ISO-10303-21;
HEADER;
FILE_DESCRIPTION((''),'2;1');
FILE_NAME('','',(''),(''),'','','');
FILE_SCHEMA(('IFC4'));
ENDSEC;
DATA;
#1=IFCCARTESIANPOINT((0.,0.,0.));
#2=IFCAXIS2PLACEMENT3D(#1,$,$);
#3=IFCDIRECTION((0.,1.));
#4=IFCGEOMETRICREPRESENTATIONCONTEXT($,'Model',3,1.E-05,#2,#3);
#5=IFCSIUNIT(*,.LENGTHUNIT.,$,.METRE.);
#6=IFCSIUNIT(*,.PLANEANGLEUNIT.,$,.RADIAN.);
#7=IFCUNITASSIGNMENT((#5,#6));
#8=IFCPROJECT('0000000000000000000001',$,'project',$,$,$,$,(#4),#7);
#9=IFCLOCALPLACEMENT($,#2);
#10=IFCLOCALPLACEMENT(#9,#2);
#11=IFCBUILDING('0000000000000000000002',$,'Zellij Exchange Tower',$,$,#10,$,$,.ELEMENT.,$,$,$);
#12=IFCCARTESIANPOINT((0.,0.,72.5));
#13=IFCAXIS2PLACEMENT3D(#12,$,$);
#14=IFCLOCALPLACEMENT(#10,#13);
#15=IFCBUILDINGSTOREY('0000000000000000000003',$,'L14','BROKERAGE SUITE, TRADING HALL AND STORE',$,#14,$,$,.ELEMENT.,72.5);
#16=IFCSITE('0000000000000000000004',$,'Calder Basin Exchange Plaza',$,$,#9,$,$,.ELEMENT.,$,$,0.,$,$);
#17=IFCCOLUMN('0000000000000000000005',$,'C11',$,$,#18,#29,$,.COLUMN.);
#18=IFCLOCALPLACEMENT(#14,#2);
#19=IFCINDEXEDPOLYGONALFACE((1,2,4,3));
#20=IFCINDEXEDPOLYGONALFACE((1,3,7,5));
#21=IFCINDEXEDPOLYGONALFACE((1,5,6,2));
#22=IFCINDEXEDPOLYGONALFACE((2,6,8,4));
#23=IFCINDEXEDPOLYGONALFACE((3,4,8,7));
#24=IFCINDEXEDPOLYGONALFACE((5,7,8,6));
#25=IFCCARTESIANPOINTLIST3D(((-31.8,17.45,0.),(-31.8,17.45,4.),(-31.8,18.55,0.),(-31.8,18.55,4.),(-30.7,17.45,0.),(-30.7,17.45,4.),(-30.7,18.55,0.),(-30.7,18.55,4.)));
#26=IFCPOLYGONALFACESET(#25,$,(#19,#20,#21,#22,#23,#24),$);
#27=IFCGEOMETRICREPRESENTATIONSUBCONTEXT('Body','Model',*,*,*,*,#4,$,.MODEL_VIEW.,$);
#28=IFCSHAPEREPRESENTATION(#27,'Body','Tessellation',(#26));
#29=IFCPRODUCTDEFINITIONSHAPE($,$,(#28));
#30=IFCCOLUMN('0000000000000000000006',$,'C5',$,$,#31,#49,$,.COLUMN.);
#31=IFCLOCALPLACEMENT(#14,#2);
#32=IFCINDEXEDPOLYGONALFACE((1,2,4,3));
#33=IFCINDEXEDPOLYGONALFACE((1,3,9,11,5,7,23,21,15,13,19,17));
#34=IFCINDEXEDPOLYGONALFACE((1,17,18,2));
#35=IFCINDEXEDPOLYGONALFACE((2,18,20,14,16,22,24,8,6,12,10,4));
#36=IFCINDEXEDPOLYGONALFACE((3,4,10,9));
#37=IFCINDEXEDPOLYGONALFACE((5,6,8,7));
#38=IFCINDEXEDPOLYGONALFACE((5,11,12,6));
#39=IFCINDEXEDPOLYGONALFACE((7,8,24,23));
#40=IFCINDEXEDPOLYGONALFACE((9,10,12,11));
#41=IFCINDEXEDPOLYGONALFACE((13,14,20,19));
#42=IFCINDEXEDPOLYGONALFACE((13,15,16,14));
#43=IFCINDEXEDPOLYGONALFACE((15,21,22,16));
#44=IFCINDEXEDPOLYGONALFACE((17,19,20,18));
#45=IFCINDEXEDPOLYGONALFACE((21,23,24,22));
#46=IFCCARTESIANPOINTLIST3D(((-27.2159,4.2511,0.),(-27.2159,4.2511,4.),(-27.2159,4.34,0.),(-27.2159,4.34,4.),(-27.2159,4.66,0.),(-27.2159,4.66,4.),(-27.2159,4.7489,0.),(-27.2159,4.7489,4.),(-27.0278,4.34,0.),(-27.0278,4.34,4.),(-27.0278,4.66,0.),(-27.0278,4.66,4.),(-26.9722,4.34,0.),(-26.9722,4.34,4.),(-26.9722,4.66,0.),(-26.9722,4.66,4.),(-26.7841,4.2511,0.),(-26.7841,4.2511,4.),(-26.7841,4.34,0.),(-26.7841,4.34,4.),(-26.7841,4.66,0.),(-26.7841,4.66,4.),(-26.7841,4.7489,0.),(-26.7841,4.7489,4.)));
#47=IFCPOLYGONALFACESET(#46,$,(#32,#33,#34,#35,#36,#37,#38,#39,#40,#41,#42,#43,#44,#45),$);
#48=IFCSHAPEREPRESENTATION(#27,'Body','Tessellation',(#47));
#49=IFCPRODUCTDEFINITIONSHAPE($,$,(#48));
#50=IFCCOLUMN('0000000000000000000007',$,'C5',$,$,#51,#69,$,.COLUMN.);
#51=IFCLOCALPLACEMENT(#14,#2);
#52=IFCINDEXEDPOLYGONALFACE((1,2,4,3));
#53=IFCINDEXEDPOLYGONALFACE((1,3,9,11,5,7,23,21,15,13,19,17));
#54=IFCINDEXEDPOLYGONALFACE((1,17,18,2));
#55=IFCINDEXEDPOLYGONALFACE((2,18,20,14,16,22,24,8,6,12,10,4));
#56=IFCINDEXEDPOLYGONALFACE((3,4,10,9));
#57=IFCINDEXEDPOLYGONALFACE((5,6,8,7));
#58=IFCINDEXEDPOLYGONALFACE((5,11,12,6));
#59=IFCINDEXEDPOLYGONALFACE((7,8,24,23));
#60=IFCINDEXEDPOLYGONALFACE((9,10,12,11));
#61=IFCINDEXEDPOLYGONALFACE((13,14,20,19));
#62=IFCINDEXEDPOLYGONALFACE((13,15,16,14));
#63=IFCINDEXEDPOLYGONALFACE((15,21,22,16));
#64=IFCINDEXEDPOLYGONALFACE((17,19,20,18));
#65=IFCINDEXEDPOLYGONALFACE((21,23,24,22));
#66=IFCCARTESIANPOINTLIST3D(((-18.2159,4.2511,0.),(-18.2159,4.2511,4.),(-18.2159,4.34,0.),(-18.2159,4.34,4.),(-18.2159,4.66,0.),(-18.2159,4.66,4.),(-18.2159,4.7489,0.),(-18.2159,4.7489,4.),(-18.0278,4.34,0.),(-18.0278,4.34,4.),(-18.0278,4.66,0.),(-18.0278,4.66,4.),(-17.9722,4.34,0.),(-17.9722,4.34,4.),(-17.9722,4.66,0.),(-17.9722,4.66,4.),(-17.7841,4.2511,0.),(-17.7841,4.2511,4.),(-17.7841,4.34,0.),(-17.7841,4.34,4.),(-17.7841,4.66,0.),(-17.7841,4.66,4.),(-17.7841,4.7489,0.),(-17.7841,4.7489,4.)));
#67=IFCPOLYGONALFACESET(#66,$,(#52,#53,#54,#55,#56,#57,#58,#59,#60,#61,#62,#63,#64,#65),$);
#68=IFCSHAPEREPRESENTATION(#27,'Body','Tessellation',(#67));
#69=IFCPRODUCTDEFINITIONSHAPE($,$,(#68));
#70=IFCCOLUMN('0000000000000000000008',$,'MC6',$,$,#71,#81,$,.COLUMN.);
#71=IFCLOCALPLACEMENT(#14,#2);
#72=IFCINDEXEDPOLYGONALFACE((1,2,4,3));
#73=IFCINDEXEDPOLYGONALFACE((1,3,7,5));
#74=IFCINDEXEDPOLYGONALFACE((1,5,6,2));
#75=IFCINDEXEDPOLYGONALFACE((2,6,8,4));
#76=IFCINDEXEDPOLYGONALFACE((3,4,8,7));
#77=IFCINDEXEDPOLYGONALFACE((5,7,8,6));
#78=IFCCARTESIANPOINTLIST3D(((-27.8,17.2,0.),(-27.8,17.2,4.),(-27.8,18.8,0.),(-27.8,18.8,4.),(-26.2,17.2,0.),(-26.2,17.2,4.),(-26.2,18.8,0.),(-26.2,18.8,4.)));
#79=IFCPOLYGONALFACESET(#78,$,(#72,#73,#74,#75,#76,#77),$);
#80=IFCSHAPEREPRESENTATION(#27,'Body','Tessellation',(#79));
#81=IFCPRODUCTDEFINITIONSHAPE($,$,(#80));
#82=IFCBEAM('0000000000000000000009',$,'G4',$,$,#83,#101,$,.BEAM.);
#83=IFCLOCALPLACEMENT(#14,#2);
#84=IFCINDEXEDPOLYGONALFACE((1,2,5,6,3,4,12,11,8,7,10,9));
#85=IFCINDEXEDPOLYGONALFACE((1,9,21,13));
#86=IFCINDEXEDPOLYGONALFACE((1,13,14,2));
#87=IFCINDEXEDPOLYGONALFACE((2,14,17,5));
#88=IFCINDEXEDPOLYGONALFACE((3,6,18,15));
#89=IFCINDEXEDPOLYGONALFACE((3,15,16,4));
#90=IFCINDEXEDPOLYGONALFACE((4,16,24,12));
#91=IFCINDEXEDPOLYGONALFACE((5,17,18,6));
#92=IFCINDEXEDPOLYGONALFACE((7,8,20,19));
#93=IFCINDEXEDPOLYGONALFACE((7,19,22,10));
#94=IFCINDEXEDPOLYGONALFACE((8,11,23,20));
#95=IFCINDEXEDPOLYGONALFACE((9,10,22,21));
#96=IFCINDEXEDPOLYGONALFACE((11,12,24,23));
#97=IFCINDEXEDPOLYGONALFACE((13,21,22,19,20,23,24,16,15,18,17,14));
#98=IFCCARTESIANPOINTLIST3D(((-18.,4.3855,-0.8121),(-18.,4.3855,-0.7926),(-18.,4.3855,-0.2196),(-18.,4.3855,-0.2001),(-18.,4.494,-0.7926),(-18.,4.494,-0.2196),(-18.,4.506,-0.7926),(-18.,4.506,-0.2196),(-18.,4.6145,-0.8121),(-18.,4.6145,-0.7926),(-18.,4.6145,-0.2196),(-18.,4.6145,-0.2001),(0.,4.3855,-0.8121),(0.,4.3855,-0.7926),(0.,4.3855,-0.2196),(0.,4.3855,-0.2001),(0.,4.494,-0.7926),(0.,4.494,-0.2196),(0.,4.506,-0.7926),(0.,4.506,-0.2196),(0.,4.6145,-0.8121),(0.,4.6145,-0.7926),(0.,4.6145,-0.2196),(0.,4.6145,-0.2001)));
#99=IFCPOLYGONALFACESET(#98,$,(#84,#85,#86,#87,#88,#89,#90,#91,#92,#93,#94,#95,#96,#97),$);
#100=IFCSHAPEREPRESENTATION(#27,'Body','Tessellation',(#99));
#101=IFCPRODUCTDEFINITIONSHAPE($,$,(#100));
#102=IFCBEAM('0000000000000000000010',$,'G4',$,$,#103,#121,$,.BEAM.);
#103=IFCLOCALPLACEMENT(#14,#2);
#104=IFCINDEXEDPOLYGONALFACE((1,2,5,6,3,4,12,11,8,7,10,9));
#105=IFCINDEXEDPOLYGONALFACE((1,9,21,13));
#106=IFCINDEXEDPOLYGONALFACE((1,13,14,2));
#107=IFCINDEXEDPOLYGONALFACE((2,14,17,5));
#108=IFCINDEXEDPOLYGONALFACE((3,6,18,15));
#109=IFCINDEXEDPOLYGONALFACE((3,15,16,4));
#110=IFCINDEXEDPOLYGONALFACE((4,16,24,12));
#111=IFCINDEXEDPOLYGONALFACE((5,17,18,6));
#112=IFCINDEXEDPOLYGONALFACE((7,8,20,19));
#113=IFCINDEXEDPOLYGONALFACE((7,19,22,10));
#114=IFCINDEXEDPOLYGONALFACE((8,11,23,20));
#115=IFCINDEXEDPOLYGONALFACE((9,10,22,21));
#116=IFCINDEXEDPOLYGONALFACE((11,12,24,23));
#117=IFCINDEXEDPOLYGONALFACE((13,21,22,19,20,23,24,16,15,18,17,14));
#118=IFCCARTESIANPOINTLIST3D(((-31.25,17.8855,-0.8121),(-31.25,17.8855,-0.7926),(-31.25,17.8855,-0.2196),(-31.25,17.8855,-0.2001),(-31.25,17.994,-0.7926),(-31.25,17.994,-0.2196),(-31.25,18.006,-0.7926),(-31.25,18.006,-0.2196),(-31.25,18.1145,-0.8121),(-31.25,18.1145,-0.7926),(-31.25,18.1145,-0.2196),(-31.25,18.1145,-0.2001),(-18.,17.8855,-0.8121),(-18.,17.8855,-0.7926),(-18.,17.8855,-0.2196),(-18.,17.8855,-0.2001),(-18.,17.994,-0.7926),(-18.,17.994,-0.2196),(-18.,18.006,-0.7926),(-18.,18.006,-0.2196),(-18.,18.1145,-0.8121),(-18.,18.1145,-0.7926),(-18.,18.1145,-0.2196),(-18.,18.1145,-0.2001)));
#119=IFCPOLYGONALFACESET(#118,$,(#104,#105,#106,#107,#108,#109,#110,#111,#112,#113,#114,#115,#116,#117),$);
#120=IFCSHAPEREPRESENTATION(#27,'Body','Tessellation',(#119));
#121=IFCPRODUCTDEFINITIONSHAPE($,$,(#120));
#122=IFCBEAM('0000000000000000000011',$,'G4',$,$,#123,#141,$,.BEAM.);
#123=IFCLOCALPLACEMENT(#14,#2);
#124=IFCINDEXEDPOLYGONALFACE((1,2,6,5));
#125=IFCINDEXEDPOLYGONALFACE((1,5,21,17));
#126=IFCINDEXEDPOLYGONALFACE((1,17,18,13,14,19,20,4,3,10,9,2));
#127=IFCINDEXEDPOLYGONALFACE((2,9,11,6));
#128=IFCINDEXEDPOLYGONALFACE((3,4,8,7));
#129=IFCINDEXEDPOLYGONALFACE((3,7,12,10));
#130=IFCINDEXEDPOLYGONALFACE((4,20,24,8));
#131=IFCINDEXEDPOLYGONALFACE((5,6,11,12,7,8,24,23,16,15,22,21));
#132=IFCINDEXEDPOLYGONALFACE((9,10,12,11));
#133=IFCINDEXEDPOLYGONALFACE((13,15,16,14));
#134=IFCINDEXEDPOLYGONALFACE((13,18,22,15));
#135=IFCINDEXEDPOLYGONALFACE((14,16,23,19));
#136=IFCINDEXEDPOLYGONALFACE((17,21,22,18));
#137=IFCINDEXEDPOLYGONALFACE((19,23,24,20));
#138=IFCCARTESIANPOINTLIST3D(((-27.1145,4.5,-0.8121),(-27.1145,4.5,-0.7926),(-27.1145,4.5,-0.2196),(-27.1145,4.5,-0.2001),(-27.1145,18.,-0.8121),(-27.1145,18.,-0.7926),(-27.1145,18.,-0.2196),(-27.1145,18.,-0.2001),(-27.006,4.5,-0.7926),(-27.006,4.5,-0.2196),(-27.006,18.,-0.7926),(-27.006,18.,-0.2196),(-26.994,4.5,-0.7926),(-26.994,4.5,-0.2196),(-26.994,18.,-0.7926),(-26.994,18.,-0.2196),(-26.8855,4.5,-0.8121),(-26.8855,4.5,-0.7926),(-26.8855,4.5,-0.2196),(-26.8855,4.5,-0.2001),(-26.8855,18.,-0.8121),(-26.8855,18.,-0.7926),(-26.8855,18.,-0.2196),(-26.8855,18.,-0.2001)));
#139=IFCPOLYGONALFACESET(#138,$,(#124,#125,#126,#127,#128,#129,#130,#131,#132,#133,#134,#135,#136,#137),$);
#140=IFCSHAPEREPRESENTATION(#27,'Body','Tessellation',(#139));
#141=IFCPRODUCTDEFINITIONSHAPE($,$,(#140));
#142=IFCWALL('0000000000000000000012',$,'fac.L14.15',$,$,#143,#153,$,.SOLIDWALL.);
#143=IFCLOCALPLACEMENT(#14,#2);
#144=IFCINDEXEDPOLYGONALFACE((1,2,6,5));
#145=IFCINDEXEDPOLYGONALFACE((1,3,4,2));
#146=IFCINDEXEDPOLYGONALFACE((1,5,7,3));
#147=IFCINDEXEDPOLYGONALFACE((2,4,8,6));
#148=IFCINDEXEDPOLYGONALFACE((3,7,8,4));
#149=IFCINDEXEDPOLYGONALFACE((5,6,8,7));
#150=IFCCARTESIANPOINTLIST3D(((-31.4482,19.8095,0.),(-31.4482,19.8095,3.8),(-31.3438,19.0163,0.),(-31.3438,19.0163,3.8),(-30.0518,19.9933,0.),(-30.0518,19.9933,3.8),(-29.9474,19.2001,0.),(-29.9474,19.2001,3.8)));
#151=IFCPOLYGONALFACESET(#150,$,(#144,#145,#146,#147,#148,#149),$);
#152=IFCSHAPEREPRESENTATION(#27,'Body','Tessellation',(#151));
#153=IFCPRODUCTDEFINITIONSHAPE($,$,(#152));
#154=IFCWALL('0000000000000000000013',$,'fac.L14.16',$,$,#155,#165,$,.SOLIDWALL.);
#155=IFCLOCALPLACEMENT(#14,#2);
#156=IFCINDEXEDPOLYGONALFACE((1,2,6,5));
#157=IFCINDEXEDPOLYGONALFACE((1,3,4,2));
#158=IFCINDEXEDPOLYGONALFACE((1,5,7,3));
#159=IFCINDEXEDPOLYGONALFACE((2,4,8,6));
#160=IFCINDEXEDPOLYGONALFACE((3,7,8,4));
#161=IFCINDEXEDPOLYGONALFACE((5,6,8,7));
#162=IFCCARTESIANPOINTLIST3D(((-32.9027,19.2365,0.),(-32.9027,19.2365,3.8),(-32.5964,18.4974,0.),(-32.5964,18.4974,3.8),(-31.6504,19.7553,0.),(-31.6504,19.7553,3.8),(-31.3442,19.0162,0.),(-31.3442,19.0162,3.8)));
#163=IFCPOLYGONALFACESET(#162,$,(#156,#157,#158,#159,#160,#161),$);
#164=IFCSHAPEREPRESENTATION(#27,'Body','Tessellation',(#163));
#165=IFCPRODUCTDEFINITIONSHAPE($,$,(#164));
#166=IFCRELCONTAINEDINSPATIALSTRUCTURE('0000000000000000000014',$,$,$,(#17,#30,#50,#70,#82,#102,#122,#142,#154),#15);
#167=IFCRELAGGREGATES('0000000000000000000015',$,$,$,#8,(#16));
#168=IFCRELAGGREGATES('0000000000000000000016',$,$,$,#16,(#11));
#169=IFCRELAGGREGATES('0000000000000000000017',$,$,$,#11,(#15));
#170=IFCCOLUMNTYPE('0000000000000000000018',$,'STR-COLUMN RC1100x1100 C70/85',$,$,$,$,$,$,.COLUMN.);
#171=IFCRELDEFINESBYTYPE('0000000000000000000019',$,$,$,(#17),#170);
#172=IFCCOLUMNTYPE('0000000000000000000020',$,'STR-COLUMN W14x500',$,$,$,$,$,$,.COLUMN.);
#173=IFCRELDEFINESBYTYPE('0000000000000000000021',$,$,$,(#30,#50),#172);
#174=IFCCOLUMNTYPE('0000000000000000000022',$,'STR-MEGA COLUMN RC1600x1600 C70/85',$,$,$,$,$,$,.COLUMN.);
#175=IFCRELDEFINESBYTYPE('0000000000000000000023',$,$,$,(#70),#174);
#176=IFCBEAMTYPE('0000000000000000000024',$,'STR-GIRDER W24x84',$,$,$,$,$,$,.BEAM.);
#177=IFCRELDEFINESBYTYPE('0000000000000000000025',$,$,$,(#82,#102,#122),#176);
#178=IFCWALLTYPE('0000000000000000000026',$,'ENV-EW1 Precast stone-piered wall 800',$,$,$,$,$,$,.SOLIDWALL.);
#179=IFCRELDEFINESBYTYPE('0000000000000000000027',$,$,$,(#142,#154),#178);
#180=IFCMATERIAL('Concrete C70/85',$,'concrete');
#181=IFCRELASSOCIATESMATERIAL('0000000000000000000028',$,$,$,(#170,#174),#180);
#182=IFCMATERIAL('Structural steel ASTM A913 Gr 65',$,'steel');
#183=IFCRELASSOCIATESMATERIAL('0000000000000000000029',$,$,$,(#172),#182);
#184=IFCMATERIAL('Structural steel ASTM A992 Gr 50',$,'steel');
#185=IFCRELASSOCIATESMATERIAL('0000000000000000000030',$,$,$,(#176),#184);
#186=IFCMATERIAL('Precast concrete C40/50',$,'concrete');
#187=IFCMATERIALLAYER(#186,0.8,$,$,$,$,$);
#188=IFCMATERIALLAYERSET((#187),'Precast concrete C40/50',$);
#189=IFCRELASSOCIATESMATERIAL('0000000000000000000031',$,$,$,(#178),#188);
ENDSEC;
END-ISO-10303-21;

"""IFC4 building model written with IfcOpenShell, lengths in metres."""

from ifc_helpers import new_model, si_unit, direction, frame, frame_2d, origin, origin_2d, place, context, subcontext, project, spatial, rectangle, i_section, extrude, material, layer, layer_set, material_profile, profile_set, type_object, element, save


model = new_model("IFC4")

# Units and contexts
model_context = context("Model", 3, precision=1e-05, world=origin(), true_north=direction((0.0, 1.0)))
body_context = subcontext(model_context, "Body", "Model", "MODEL_VIEW")
ifc_project = project(units=[si_unit("LENGTHUNIT", "METRE"), si_unit("PLANEANGLEUNIT", "RADIAN")], contexts=[model_context])

# Site, building, storey
site_placement = place(None, origin())
site = spatial("IfcSite", under=ifc_project, at=site_placement, Name="Calder Basin Exchange Plaza", CompositionType="ELEMENT", RefElevation=0.0)
building_placement = place(site_placement, origin())
building = spatial("IfcBuilding", under=site, at=building_placement, Name="Zellij Exchange Tower", CompositionType="ELEMENT")
storey_placement = place(building_placement, frame((0.0, 0.0, 72.5)))
storey = spatial("IfcBuildingStorey", under=building, at=storey_placement, Name="L14", Description="BROKERAGE SUITE, TRADING HALL AND STORE", CompositionType="ELEMENT", Elevation=72.5)

# Columns
ifc_material_1 = material(Name="Concrete C70/85", Category="concrete")
ifc_material_profile_1 = material_profile(ifc_material_1, rectangle(XDim=1.1001, YDim=1.1001, at=origin_2d()), Name="STR-COLUMN RC1100x1100 C70/85")
ifc_profile_set_1 = profile_set([ifc_material_profile_1], Name="Concrete C70/85")
column_type_1 = type_object("IfcColumnType", Name="STR-COLUMN RC1100x1100 C70/85", PredefinedType="COLUMN", material=ifc_profile_set_1)
column_1_placement = place(storey_placement, frame((-31.25, 18.0, 0.0), z_axis=(0.0, 0.0, 1.0), x_axis=(1.0, 0.0, 0.0)))
element("IfcColumn", 1, at=column_1_placement, inside=storey, type_object=column_type_1, Name="C11", PredefinedType="COLUMN", context=body_context, shape_type="SweptSolid", body=[
    extrude(rectangle(XDim=1.1001, YDim=1.1001, at=origin_2d()), origin(), (0.0, 0.0, 1.0), 4.0),
])
ifc_material_2 = material(Name="Structural steel ASTM A913 Gr 65", Category="steel")
ifc_material_profile_2 = material_profile(ifc_material_2, i_section(OverallWidth=0.4319, OverallDepth=0.4978, WebThickness=0.0557, FlangeThickness=0.0889, at=origin_2d()), Name="W14x500")
ifc_profile_set_2 = profile_set([ifc_material_profile_2], Name="Structural steel ASTM A913 Gr 65")
column_type_2 = type_object("IfcColumnType", Name="STR-COLUMN W14x500", PredefinedType="COLUMN", material=ifc_profile_set_2)
for number, where, z_axis, x_axis, name in (
    (2, (-27.0, 4.5, 0.0), (0.0, 0.0, 1.0), (1.0, 0.0, 0.0), "C5"),
    (3, (-18.0, 4.5, 0.0), (0.0, 0.0, 1.0), (1.0, 0.0, 0.0), "C5"),
):
    element("IfcColumn", number, at=place(storey_placement, frame(where, z_axis=z_axis, x_axis=x_axis)), inside=storey, type_object=column_type_2, Name=name, PredefinedType="COLUMN", context=body_context, shape_type="SweptSolid", body=[
        extrude(i_section(OverallWidth=0.4319, OverallDepth=0.4978, WebThickness=0.0557, FlangeThickness=0.0889, at=origin_2d()), origin(), (0.0, 0.0, 1.0), 4.0),
    ])
ifc_material_profile_3 = material_profile(ifc_material_1, rectangle(XDim=1.6001, YDim=1.6001, at=origin_2d()), Name="STR-MEGA COLUMN RC1600x1600 C70/85")
ifc_profile_set_3 = profile_set([ifc_material_profile_3], Name="Concrete C70/85")
column_type_3 = type_object("IfcColumnType", Name="STR-MEGA COLUMN RC1600x1600 C70/85", PredefinedType="COLUMN", material=ifc_profile_set_3)
column_2_placement = place(storey_placement, frame((-27.0, 18.0, 0.0), z_axis=(0.0, 0.0, 1.0), x_axis=(1.0, 0.0, 0.0)))
element("IfcColumn", 4, at=column_2_placement, inside=storey, type_object=column_type_3, Name="MC6", PredefinedType="COLUMN", context=body_context, shape_type="SweptSolid", body=[
    extrude(rectangle(XDim=1.6001, YDim=1.6001, at=origin_2d()), origin(), (0.0, 0.0, 1.0), 4.0),
])

# Beams
ifc_material_3 = material(Name="Structural steel ASTM A992 Gr 50", Category="steel")
ifc_material_profile_4 = material_profile(ifc_material_3, i_section(OverallWidth=0.229, OverallDepth=0.6121, WebThickness=0.012, FlangeThickness=0.0195, at=origin_2d()), Name="W24x84")
ifc_profile_set_4 = profile_set([ifc_material_profile_4], Name="Structural steel ASTM A992 Gr 50")
beam_type = type_object("IfcBeamType", Name="STR-GIRDER W24x84", PredefinedType="BEAM", material=ifc_profile_set_4)
beam_1_placement = place(storey_placement, frame((-18.0, 4.5, -0.5061), z_axis=(1.0, 0.0, 0.0), x_axis=(0.0, 1.0, 0.0)))
element("IfcBeam", 5, at=beam_1_placement, inside=storey, type_object=beam_type, Name="G4", PredefinedType="BEAM", context=body_context, shape_type="SweptSolid", body=[
    extrude(i_section(OverallWidth=0.229, OverallDepth=0.6121, WebThickness=0.012, FlangeThickness=0.0195, at=origin_2d()), origin(), (0.0, 0.0, 1.0), 18.0),
])
beam_2_placement = place(storey_placement, frame((-31.25, 18.0, -0.5061), z_axis=(1.0, 0.0, 0.0), x_axis=(0.0, 1.0, 0.0)))
element("IfcBeam", 6, at=beam_2_placement, inside=storey, type_object=beam_type, Name="G4", PredefinedType="BEAM", context=body_context, shape_type="SweptSolid", body=[
    extrude(i_section(OverallWidth=0.229, OverallDepth=0.6121, WebThickness=0.012, FlangeThickness=0.0195, at=origin_2d()), origin(), (0.0, 0.0, 1.0), 13.25),
])
beam_3_placement = place(storey_placement, frame((-27.0, 4.5, -0.5061), z_axis=(0.0, 1.0, 0.0), x_axis=(-1.0, 0.0, 0.0)))
element("IfcBeam", 7, at=beam_3_placement, inside=storey, type_object=beam_type, Name="G4", PredefinedType="BEAM", context=body_context, shape_type="SweptSolid", body=[
    extrude(i_section(OverallWidth=0.229, OverallDepth=0.6121, WebThickness=0.012, FlangeThickness=0.0195, at=origin_2d()), origin(), (0.0, 0.0, 1.0), 13.5),
])

# Walls
ifc_material_4 = material(Name="Precast concrete C40/50", Category="concrete")
ifc_layer = layer(ifc_material_4, 0.8)
ifc_layer_set = layer_set([ifc_layer], Name="Precast concrete C40/50")
wall_type = type_object("IfcWallType", Name="ENV-EW1 Precast stone-piered wall 800", PredefinedType="SOLIDWALL", material=ifc_layer_set)
wall_1_placement = place(storey_placement, frame((-29.9998, 19.5967, 0.0), z_axis=(0.0, 0.0, 1.0), x_axis=(-0.991446, -0.130517, 0.0)))
element("IfcWall", 8, at=wall_1_placement, inside=storey, type_object=wall_type, Name="fac.L14.15", PredefinedType="SOLIDWALL", context=body_context, shape_type="SweptSolid", body=[
    extrude(rectangle(XDim=1.4084, YDim=0.8, at=frame_2d((0.7041, 0.0))), origin(), (0.0, 0.0, 1.0), 3.8),
])
wall_2_placement = place(storey_placement, frame((-31.4973, 19.3857, 0.0), z_axis=(0.0, 0.0, 1.0), x_axis=(-0.923848, -0.38276, 0.0)))
element("IfcWall", 9, at=wall_2_placement, inside=storey, type_object=wall_type, Name="fac.L14.16", PredefinedType="SOLIDWALL", context=body_context, shape_type="SweptSolid", body=[
    extrude(rectangle(XDim=1.3555, YDim=0.8, at=frame_2d((0.6777, 0.0))), origin(), (0.0, 0.0, 1.0), 3.8),
])

save(model, "model.ifc")
